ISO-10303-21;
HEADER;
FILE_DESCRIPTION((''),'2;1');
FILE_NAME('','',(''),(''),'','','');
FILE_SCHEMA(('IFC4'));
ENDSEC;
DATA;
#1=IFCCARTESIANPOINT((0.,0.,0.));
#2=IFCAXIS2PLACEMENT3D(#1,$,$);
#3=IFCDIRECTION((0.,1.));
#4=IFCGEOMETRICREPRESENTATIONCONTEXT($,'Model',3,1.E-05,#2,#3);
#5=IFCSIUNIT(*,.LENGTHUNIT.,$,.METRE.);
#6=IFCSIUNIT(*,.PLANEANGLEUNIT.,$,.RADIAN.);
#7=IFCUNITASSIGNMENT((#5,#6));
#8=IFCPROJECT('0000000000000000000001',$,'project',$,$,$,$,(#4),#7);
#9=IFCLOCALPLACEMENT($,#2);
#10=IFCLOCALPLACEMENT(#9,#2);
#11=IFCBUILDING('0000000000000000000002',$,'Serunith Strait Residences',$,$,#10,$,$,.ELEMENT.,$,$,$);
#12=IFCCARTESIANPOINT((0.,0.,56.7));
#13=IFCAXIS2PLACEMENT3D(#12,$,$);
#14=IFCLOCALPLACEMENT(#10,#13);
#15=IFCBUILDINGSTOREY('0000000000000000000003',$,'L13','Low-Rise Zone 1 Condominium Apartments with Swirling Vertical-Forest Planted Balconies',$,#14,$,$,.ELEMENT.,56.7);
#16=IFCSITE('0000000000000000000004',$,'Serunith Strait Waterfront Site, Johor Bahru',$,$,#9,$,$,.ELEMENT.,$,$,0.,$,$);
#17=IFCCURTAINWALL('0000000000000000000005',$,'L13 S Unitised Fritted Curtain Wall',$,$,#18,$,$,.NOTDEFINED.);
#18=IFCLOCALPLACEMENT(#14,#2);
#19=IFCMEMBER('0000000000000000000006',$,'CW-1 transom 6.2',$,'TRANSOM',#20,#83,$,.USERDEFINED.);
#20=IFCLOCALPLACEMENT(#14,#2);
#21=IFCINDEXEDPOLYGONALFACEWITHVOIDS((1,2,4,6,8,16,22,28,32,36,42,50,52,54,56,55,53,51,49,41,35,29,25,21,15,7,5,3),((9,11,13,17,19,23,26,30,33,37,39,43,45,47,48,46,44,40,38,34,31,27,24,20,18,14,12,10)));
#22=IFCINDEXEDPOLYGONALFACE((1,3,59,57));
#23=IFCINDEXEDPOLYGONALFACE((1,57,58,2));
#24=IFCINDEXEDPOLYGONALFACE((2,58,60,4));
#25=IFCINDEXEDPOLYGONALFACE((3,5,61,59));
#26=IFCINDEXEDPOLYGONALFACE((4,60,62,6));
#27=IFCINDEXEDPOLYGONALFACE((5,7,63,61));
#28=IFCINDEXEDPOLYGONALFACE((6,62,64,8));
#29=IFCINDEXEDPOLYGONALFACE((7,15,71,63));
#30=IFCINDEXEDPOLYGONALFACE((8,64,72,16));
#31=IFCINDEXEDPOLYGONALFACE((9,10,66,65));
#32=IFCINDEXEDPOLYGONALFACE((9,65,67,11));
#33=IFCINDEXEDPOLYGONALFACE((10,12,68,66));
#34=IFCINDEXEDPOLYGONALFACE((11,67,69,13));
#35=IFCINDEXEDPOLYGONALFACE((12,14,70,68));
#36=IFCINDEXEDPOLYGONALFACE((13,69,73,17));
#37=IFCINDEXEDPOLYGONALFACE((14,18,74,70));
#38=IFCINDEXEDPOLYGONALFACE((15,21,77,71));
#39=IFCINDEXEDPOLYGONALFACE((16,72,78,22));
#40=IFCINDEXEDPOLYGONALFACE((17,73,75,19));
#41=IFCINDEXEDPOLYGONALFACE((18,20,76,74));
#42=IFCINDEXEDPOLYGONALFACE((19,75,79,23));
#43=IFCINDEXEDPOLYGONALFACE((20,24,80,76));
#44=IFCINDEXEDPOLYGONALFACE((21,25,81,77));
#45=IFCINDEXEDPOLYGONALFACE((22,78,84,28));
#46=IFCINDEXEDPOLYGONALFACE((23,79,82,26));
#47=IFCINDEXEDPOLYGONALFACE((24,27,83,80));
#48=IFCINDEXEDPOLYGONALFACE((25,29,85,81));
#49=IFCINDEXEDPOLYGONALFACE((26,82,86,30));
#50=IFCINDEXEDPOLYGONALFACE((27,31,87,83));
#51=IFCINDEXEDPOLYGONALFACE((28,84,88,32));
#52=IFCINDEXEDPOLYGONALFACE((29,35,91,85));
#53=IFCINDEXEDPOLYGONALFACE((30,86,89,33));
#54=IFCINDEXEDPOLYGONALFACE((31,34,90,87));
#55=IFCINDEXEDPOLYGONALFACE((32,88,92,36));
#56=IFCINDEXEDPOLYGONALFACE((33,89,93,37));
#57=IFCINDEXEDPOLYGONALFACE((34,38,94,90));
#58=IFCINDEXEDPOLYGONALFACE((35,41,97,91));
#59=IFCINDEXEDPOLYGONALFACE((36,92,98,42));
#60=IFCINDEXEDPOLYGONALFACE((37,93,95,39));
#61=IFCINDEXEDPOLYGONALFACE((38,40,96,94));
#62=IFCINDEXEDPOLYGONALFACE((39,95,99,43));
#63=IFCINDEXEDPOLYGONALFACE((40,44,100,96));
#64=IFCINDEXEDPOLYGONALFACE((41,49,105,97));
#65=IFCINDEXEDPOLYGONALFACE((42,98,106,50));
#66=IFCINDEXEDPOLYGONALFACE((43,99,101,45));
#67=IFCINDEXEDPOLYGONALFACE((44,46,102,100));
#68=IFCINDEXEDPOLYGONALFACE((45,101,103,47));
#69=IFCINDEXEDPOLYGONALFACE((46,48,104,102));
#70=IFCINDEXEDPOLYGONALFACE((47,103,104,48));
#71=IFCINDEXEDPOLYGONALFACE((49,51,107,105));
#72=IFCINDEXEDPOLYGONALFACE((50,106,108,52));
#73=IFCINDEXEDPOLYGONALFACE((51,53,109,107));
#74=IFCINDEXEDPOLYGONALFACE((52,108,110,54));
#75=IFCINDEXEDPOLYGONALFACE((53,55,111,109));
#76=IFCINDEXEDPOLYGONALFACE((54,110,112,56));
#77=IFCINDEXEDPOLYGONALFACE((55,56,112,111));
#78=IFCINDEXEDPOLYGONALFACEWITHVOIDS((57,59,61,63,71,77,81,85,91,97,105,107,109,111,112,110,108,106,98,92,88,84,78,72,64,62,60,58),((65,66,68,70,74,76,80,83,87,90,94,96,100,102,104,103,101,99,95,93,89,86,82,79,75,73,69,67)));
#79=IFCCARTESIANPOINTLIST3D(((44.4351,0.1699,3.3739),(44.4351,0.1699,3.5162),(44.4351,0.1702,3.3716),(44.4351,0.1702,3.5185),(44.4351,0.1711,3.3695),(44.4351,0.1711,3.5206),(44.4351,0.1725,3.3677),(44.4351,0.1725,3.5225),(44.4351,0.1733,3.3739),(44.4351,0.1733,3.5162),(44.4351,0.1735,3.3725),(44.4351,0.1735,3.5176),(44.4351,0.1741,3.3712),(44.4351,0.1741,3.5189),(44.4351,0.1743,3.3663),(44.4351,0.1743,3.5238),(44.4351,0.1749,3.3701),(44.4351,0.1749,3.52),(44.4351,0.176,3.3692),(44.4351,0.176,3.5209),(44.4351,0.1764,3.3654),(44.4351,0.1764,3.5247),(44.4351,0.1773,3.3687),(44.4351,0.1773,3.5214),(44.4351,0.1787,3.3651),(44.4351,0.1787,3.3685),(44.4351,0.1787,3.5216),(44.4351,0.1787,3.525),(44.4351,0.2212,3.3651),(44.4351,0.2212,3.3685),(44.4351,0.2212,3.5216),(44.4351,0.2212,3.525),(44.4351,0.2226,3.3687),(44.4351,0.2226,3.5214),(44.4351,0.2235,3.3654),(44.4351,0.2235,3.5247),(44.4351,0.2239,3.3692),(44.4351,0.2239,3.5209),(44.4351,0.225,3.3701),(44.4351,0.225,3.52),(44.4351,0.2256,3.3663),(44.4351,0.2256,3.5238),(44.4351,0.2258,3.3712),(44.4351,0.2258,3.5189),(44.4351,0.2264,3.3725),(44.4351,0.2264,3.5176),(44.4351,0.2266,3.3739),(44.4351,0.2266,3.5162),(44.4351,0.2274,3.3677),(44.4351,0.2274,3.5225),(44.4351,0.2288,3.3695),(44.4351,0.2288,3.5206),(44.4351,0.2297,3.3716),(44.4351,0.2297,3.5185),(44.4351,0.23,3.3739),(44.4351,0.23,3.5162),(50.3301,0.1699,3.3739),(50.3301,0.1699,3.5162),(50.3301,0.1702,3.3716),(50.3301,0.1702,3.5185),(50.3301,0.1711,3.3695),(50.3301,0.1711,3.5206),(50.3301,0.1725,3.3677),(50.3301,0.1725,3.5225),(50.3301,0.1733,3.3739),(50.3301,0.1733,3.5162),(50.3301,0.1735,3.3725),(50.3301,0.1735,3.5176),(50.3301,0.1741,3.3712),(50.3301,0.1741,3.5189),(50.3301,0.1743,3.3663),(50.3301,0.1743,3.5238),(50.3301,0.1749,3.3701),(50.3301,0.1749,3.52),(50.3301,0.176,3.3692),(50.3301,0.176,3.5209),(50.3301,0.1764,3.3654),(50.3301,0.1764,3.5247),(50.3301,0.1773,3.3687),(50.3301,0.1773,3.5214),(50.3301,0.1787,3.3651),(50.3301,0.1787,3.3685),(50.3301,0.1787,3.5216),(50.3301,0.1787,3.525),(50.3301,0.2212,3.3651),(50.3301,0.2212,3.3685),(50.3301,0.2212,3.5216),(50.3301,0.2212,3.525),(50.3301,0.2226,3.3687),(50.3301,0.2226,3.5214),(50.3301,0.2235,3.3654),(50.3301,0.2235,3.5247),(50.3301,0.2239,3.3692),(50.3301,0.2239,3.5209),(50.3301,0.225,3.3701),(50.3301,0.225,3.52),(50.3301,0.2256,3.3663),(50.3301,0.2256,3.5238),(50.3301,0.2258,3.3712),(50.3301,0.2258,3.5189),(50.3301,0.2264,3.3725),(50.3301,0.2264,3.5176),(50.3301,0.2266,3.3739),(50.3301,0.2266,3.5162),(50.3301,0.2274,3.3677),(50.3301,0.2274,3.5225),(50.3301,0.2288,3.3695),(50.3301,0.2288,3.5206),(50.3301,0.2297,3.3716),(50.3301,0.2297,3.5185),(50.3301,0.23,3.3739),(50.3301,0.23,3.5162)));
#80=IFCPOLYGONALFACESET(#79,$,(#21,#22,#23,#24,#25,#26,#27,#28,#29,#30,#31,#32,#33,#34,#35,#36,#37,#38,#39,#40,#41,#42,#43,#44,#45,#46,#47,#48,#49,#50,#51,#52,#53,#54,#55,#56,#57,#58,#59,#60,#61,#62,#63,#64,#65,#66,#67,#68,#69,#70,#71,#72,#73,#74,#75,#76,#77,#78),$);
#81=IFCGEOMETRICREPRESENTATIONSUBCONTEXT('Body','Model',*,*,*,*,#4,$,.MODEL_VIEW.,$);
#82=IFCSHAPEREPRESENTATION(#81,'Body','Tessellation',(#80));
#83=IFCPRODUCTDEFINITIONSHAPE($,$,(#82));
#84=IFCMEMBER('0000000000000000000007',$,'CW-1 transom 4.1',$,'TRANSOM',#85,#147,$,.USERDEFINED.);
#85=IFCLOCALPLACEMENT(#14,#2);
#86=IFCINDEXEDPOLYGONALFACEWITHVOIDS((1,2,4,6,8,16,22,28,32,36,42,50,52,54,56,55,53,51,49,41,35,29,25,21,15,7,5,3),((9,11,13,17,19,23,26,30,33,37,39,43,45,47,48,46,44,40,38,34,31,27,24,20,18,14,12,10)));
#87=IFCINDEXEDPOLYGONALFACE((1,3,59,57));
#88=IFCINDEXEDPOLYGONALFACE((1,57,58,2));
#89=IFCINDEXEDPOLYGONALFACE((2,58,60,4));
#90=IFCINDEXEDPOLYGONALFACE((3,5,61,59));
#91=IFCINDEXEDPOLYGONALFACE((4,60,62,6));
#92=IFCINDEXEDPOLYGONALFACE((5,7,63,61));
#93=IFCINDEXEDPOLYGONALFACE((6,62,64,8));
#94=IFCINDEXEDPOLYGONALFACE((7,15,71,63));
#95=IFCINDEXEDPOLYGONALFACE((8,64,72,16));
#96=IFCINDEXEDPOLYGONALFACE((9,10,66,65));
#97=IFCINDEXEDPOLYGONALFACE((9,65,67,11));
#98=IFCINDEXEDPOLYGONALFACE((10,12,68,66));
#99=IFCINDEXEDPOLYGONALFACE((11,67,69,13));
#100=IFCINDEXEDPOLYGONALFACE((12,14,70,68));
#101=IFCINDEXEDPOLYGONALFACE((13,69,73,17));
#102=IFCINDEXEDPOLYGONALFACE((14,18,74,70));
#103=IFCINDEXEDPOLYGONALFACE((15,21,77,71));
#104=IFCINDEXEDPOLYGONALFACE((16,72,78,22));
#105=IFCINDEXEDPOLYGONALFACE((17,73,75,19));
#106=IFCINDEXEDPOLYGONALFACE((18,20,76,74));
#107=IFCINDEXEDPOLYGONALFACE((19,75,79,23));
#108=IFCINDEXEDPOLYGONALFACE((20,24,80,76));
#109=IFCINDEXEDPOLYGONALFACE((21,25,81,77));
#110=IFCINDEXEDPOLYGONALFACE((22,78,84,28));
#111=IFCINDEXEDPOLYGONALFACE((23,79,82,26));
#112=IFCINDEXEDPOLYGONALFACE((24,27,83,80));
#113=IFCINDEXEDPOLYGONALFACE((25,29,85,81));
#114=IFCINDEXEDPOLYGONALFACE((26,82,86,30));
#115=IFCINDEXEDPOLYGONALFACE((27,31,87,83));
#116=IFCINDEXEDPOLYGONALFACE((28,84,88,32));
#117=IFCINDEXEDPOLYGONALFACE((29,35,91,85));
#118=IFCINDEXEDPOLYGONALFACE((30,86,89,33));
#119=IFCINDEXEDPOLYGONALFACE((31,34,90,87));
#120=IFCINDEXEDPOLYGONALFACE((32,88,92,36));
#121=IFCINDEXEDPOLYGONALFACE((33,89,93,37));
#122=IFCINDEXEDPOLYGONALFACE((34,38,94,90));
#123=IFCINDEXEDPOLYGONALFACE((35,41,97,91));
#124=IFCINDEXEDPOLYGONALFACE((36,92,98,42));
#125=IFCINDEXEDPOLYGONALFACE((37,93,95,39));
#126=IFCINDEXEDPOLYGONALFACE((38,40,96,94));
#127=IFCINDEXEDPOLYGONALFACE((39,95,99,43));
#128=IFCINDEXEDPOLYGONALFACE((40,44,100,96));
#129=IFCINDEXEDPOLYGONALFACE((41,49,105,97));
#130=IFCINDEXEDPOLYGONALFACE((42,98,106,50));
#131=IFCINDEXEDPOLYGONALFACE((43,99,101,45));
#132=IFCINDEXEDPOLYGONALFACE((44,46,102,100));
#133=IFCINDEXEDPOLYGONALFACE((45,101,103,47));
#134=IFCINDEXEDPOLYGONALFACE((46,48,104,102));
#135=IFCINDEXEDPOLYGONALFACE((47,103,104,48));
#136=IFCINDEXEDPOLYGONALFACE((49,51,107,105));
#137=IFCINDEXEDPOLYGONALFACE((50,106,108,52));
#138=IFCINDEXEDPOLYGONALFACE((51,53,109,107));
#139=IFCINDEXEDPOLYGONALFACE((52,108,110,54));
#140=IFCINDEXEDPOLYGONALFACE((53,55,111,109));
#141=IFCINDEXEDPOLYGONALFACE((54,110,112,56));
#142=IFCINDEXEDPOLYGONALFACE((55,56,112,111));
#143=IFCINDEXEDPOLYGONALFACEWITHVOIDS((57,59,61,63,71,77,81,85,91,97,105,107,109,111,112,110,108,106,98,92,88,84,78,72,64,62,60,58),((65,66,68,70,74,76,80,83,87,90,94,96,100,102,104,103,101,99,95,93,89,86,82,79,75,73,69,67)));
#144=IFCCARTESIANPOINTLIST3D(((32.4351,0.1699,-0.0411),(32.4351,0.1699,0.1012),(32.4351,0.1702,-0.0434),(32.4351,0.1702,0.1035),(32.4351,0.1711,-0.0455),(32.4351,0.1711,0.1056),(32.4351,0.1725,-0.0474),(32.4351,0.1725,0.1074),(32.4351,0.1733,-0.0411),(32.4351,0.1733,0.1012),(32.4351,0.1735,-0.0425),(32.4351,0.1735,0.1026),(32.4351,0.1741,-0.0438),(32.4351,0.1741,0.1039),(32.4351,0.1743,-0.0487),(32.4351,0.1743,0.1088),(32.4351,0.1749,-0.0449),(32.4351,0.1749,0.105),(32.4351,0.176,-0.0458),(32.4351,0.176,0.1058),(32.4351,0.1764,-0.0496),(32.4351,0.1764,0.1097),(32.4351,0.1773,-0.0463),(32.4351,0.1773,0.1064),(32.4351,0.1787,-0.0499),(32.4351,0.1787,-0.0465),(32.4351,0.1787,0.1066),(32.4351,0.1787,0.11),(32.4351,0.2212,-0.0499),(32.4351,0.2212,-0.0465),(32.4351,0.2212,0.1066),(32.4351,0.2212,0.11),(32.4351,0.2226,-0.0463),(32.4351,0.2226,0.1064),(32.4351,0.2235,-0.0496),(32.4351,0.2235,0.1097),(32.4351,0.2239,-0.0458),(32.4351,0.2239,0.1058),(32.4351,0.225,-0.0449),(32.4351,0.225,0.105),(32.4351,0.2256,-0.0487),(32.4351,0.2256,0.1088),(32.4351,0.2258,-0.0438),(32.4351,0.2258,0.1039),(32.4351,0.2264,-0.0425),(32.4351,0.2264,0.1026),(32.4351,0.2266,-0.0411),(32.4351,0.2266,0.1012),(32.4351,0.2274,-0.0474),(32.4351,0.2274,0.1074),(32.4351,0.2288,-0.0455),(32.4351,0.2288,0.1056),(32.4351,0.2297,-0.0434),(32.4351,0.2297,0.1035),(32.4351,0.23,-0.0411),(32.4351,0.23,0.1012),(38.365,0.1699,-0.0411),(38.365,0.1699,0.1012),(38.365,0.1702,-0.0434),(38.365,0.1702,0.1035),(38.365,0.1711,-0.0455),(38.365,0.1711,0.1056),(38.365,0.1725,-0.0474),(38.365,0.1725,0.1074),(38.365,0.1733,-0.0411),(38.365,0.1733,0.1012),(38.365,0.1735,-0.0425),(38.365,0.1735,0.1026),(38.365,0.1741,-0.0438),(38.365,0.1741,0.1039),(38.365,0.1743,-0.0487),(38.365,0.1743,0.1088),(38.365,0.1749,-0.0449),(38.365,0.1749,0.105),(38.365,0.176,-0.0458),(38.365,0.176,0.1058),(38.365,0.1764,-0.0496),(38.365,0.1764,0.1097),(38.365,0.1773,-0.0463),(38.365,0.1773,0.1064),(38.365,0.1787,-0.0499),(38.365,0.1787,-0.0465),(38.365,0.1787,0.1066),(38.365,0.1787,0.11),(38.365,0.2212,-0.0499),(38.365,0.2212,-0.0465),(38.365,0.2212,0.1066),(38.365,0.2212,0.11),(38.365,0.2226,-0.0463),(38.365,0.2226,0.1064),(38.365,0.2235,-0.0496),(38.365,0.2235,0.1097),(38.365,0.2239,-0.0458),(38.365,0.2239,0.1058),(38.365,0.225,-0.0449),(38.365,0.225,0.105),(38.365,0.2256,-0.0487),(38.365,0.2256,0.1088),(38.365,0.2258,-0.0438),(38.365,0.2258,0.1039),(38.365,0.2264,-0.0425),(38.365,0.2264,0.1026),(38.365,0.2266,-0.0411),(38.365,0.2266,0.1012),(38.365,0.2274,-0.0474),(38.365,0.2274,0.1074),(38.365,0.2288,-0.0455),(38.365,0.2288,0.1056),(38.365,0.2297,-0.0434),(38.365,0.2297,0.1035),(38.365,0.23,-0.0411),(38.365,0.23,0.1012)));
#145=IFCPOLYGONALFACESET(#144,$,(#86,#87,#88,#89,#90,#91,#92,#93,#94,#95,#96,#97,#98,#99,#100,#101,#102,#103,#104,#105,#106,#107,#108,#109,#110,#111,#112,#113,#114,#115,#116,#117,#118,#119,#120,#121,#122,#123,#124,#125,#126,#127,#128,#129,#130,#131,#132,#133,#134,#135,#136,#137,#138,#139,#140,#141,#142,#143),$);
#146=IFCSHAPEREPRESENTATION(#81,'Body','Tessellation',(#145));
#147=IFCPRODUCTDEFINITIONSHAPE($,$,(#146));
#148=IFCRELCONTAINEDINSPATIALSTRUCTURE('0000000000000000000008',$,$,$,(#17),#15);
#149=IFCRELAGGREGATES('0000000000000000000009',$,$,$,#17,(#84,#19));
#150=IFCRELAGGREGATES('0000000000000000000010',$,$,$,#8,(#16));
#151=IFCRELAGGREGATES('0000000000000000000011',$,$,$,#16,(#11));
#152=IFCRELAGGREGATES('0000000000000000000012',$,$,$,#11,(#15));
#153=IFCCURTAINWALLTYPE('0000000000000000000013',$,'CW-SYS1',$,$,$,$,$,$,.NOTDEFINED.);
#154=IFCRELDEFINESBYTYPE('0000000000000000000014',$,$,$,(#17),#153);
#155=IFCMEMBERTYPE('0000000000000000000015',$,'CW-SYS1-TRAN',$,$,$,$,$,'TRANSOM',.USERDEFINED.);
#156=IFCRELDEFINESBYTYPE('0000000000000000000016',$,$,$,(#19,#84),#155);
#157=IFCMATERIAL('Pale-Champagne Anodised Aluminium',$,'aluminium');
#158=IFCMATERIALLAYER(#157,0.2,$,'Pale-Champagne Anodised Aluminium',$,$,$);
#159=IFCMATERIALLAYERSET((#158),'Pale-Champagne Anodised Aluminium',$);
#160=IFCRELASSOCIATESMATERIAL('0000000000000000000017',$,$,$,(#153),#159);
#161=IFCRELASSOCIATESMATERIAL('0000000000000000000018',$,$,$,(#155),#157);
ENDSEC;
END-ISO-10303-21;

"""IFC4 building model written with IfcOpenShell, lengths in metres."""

from ifc_helpers import new_model, si_unit, direction, frame, origin, origin_2d, place, context, subcontext, project, spatial, hollow_rectangle, extrude, source, transform, mapped, material, layer, layer_set, material_profile, profile_set, type_object, element, aggregate, save


model = new_model("IFC4")

# Units and contexts
model_context = context("Model", 3, precision=1e-05, world=origin(), true_north=direction((0.0, 1.0)))
body_context = subcontext(model_context, "Body", "Model", "MODEL_VIEW")
ifc_project = project(units=[si_unit("LENGTHUNIT", "METRE"), si_unit("PLANEANGLEUNIT", "RADIAN")], contexts=[model_context])

# Site, building, storey
site_placement = place(None, origin())
site = spatial("IfcSite", under=ifc_project, at=site_placement, Name="Serunith Strait Waterfront Site, Johor Bahru", CompositionType="ELEMENT", RefElevation=0.0)
building_placement = place(site_placement, origin())
building = spatial("IfcBuilding", under=site, at=building_placement, Name="Serunith Strait Residences", CompositionType="ELEMENT")
storey_placement = place(building_placement, frame((0.0, 0.0, 56.7)))
storey = spatial("IfcBuildingStorey", under=building, at=storey_placement, Name="L13", Description="Low-Rise Zone 1 Condominium Apartments with Swirling Vertical-Forest Planted Balconies", CompositionType="ELEMENT", Elevation=56.7)

# Curtain wall, members
ifc_material_1 = material(Name="Pale-Champagne Anodised Aluminium", Category="aluminium")
ifc_layer_1 = layer(ifc_material_1, 0.2, Name="Pale-Champagne Anodised Aluminium")
ifc_layer_set_1 = layer_set([ifc_layer_1], Name="Pale-Champagne Anodised Aluminium")
curtain_wall_type = type_object("IfcCurtainWallType", Name="CW-SYS1", PredefinedType="NOTDEFINED", material=ifc_layer_set_1)
curtain_wall_placement = place(storey_placement, origin())
curtain_wall = element("IfcCurtainWall", 1, at=curtain_wall_placement, inside=storey, type_object=curtain_wall_type, Name="L13 S Unitised Fritted Curtain Wall", PredefinedType="NOTDEFINED")
ifc_material_profile_1 = material_profile(ifc_material_1, hollow_rectangle(XDim=0.0601, YDim=0.1599, WallThickness=0.0034, InnerFilletRadius=0.0054, OuterFilletRadius=0.0088, at=origin_2d()), Name="ALU 160x60x3.5")
ifc_profile_set_1 = profile_set([ifc_material_profile_1], Name="Pale-Champagne Anodised Aluminium")
member_type_1 = type_object("IfcMemberType", Name="CW-SYS1-TRAN", ElementType="TRANSOM", PredefinedType="USERDEFINED", material=ifc_profile_set_1)
shared_shape_1 = source(origin(), body_context, "Body", "SweptSolid", [
    extrude(hollow_rectangle(XDim=0.0601, YDim=0.1599, WallThickness=0.0034, InnerFilletRadius=0.0054, OuterFilletRadius=0.0088, at=origin_2d()), origin(), (0.0, 0.0, 1.0), 5.895),
])
member_1_placement = place(storey_placement, frame((44.4351, 0.2, 3.4451), z_axis=(1.0, 0.0, 0.0), x_axis=(0.0, 1.0, 0.0)))
member_1 = element("IfcMember", 2, at=member_1_placement, type_object=member_type_1, Name="CW-1 transom 6.2", ObjectType="TRANSOM", PredefinedType="USERDEFINED", context=body_context, shape_type="MappedRepresentation", body=[
    mapped(shared_shape_1, transform((0.0, 0.0, 0.0), scale=1.0)),
])
shared_shape_2 = source(origin(), body_context, "Body", "SweptSolid", [
    extrude(hollow_rectangle(XDim=0.0601, YDim=0.1599, WallThickness=0.0034, InnerFilletRadius=0.0054, OuterFilletRadius=0.0088, at=origin_2d()), origin(), (0.0, 0.0, 1.0), 5.9299),
])
member_2_placement = place(storey_placement, frame((32.4351, 0.2, 0.03), z_axis=(1.0, 0.0, 0.0), x_axis=(0.0, 1.0, 0.0)))
member_2 = element("IfcMember", 3, at=member_2_placement, type_object=member_type_1, Name="CW-1 transom 4.1", ObjectType="TRANSOM", PredefinedType="USERDEFINED", context=body_context, shape_type="MappedRepresentation", body=[
    mapped(shared_shape_2, transform((0.0, 0.0, 0.0), scale=1.0)),
])
aggregate(curtain_wall, [member_2, member_1])

save(model, "model.ifc")
